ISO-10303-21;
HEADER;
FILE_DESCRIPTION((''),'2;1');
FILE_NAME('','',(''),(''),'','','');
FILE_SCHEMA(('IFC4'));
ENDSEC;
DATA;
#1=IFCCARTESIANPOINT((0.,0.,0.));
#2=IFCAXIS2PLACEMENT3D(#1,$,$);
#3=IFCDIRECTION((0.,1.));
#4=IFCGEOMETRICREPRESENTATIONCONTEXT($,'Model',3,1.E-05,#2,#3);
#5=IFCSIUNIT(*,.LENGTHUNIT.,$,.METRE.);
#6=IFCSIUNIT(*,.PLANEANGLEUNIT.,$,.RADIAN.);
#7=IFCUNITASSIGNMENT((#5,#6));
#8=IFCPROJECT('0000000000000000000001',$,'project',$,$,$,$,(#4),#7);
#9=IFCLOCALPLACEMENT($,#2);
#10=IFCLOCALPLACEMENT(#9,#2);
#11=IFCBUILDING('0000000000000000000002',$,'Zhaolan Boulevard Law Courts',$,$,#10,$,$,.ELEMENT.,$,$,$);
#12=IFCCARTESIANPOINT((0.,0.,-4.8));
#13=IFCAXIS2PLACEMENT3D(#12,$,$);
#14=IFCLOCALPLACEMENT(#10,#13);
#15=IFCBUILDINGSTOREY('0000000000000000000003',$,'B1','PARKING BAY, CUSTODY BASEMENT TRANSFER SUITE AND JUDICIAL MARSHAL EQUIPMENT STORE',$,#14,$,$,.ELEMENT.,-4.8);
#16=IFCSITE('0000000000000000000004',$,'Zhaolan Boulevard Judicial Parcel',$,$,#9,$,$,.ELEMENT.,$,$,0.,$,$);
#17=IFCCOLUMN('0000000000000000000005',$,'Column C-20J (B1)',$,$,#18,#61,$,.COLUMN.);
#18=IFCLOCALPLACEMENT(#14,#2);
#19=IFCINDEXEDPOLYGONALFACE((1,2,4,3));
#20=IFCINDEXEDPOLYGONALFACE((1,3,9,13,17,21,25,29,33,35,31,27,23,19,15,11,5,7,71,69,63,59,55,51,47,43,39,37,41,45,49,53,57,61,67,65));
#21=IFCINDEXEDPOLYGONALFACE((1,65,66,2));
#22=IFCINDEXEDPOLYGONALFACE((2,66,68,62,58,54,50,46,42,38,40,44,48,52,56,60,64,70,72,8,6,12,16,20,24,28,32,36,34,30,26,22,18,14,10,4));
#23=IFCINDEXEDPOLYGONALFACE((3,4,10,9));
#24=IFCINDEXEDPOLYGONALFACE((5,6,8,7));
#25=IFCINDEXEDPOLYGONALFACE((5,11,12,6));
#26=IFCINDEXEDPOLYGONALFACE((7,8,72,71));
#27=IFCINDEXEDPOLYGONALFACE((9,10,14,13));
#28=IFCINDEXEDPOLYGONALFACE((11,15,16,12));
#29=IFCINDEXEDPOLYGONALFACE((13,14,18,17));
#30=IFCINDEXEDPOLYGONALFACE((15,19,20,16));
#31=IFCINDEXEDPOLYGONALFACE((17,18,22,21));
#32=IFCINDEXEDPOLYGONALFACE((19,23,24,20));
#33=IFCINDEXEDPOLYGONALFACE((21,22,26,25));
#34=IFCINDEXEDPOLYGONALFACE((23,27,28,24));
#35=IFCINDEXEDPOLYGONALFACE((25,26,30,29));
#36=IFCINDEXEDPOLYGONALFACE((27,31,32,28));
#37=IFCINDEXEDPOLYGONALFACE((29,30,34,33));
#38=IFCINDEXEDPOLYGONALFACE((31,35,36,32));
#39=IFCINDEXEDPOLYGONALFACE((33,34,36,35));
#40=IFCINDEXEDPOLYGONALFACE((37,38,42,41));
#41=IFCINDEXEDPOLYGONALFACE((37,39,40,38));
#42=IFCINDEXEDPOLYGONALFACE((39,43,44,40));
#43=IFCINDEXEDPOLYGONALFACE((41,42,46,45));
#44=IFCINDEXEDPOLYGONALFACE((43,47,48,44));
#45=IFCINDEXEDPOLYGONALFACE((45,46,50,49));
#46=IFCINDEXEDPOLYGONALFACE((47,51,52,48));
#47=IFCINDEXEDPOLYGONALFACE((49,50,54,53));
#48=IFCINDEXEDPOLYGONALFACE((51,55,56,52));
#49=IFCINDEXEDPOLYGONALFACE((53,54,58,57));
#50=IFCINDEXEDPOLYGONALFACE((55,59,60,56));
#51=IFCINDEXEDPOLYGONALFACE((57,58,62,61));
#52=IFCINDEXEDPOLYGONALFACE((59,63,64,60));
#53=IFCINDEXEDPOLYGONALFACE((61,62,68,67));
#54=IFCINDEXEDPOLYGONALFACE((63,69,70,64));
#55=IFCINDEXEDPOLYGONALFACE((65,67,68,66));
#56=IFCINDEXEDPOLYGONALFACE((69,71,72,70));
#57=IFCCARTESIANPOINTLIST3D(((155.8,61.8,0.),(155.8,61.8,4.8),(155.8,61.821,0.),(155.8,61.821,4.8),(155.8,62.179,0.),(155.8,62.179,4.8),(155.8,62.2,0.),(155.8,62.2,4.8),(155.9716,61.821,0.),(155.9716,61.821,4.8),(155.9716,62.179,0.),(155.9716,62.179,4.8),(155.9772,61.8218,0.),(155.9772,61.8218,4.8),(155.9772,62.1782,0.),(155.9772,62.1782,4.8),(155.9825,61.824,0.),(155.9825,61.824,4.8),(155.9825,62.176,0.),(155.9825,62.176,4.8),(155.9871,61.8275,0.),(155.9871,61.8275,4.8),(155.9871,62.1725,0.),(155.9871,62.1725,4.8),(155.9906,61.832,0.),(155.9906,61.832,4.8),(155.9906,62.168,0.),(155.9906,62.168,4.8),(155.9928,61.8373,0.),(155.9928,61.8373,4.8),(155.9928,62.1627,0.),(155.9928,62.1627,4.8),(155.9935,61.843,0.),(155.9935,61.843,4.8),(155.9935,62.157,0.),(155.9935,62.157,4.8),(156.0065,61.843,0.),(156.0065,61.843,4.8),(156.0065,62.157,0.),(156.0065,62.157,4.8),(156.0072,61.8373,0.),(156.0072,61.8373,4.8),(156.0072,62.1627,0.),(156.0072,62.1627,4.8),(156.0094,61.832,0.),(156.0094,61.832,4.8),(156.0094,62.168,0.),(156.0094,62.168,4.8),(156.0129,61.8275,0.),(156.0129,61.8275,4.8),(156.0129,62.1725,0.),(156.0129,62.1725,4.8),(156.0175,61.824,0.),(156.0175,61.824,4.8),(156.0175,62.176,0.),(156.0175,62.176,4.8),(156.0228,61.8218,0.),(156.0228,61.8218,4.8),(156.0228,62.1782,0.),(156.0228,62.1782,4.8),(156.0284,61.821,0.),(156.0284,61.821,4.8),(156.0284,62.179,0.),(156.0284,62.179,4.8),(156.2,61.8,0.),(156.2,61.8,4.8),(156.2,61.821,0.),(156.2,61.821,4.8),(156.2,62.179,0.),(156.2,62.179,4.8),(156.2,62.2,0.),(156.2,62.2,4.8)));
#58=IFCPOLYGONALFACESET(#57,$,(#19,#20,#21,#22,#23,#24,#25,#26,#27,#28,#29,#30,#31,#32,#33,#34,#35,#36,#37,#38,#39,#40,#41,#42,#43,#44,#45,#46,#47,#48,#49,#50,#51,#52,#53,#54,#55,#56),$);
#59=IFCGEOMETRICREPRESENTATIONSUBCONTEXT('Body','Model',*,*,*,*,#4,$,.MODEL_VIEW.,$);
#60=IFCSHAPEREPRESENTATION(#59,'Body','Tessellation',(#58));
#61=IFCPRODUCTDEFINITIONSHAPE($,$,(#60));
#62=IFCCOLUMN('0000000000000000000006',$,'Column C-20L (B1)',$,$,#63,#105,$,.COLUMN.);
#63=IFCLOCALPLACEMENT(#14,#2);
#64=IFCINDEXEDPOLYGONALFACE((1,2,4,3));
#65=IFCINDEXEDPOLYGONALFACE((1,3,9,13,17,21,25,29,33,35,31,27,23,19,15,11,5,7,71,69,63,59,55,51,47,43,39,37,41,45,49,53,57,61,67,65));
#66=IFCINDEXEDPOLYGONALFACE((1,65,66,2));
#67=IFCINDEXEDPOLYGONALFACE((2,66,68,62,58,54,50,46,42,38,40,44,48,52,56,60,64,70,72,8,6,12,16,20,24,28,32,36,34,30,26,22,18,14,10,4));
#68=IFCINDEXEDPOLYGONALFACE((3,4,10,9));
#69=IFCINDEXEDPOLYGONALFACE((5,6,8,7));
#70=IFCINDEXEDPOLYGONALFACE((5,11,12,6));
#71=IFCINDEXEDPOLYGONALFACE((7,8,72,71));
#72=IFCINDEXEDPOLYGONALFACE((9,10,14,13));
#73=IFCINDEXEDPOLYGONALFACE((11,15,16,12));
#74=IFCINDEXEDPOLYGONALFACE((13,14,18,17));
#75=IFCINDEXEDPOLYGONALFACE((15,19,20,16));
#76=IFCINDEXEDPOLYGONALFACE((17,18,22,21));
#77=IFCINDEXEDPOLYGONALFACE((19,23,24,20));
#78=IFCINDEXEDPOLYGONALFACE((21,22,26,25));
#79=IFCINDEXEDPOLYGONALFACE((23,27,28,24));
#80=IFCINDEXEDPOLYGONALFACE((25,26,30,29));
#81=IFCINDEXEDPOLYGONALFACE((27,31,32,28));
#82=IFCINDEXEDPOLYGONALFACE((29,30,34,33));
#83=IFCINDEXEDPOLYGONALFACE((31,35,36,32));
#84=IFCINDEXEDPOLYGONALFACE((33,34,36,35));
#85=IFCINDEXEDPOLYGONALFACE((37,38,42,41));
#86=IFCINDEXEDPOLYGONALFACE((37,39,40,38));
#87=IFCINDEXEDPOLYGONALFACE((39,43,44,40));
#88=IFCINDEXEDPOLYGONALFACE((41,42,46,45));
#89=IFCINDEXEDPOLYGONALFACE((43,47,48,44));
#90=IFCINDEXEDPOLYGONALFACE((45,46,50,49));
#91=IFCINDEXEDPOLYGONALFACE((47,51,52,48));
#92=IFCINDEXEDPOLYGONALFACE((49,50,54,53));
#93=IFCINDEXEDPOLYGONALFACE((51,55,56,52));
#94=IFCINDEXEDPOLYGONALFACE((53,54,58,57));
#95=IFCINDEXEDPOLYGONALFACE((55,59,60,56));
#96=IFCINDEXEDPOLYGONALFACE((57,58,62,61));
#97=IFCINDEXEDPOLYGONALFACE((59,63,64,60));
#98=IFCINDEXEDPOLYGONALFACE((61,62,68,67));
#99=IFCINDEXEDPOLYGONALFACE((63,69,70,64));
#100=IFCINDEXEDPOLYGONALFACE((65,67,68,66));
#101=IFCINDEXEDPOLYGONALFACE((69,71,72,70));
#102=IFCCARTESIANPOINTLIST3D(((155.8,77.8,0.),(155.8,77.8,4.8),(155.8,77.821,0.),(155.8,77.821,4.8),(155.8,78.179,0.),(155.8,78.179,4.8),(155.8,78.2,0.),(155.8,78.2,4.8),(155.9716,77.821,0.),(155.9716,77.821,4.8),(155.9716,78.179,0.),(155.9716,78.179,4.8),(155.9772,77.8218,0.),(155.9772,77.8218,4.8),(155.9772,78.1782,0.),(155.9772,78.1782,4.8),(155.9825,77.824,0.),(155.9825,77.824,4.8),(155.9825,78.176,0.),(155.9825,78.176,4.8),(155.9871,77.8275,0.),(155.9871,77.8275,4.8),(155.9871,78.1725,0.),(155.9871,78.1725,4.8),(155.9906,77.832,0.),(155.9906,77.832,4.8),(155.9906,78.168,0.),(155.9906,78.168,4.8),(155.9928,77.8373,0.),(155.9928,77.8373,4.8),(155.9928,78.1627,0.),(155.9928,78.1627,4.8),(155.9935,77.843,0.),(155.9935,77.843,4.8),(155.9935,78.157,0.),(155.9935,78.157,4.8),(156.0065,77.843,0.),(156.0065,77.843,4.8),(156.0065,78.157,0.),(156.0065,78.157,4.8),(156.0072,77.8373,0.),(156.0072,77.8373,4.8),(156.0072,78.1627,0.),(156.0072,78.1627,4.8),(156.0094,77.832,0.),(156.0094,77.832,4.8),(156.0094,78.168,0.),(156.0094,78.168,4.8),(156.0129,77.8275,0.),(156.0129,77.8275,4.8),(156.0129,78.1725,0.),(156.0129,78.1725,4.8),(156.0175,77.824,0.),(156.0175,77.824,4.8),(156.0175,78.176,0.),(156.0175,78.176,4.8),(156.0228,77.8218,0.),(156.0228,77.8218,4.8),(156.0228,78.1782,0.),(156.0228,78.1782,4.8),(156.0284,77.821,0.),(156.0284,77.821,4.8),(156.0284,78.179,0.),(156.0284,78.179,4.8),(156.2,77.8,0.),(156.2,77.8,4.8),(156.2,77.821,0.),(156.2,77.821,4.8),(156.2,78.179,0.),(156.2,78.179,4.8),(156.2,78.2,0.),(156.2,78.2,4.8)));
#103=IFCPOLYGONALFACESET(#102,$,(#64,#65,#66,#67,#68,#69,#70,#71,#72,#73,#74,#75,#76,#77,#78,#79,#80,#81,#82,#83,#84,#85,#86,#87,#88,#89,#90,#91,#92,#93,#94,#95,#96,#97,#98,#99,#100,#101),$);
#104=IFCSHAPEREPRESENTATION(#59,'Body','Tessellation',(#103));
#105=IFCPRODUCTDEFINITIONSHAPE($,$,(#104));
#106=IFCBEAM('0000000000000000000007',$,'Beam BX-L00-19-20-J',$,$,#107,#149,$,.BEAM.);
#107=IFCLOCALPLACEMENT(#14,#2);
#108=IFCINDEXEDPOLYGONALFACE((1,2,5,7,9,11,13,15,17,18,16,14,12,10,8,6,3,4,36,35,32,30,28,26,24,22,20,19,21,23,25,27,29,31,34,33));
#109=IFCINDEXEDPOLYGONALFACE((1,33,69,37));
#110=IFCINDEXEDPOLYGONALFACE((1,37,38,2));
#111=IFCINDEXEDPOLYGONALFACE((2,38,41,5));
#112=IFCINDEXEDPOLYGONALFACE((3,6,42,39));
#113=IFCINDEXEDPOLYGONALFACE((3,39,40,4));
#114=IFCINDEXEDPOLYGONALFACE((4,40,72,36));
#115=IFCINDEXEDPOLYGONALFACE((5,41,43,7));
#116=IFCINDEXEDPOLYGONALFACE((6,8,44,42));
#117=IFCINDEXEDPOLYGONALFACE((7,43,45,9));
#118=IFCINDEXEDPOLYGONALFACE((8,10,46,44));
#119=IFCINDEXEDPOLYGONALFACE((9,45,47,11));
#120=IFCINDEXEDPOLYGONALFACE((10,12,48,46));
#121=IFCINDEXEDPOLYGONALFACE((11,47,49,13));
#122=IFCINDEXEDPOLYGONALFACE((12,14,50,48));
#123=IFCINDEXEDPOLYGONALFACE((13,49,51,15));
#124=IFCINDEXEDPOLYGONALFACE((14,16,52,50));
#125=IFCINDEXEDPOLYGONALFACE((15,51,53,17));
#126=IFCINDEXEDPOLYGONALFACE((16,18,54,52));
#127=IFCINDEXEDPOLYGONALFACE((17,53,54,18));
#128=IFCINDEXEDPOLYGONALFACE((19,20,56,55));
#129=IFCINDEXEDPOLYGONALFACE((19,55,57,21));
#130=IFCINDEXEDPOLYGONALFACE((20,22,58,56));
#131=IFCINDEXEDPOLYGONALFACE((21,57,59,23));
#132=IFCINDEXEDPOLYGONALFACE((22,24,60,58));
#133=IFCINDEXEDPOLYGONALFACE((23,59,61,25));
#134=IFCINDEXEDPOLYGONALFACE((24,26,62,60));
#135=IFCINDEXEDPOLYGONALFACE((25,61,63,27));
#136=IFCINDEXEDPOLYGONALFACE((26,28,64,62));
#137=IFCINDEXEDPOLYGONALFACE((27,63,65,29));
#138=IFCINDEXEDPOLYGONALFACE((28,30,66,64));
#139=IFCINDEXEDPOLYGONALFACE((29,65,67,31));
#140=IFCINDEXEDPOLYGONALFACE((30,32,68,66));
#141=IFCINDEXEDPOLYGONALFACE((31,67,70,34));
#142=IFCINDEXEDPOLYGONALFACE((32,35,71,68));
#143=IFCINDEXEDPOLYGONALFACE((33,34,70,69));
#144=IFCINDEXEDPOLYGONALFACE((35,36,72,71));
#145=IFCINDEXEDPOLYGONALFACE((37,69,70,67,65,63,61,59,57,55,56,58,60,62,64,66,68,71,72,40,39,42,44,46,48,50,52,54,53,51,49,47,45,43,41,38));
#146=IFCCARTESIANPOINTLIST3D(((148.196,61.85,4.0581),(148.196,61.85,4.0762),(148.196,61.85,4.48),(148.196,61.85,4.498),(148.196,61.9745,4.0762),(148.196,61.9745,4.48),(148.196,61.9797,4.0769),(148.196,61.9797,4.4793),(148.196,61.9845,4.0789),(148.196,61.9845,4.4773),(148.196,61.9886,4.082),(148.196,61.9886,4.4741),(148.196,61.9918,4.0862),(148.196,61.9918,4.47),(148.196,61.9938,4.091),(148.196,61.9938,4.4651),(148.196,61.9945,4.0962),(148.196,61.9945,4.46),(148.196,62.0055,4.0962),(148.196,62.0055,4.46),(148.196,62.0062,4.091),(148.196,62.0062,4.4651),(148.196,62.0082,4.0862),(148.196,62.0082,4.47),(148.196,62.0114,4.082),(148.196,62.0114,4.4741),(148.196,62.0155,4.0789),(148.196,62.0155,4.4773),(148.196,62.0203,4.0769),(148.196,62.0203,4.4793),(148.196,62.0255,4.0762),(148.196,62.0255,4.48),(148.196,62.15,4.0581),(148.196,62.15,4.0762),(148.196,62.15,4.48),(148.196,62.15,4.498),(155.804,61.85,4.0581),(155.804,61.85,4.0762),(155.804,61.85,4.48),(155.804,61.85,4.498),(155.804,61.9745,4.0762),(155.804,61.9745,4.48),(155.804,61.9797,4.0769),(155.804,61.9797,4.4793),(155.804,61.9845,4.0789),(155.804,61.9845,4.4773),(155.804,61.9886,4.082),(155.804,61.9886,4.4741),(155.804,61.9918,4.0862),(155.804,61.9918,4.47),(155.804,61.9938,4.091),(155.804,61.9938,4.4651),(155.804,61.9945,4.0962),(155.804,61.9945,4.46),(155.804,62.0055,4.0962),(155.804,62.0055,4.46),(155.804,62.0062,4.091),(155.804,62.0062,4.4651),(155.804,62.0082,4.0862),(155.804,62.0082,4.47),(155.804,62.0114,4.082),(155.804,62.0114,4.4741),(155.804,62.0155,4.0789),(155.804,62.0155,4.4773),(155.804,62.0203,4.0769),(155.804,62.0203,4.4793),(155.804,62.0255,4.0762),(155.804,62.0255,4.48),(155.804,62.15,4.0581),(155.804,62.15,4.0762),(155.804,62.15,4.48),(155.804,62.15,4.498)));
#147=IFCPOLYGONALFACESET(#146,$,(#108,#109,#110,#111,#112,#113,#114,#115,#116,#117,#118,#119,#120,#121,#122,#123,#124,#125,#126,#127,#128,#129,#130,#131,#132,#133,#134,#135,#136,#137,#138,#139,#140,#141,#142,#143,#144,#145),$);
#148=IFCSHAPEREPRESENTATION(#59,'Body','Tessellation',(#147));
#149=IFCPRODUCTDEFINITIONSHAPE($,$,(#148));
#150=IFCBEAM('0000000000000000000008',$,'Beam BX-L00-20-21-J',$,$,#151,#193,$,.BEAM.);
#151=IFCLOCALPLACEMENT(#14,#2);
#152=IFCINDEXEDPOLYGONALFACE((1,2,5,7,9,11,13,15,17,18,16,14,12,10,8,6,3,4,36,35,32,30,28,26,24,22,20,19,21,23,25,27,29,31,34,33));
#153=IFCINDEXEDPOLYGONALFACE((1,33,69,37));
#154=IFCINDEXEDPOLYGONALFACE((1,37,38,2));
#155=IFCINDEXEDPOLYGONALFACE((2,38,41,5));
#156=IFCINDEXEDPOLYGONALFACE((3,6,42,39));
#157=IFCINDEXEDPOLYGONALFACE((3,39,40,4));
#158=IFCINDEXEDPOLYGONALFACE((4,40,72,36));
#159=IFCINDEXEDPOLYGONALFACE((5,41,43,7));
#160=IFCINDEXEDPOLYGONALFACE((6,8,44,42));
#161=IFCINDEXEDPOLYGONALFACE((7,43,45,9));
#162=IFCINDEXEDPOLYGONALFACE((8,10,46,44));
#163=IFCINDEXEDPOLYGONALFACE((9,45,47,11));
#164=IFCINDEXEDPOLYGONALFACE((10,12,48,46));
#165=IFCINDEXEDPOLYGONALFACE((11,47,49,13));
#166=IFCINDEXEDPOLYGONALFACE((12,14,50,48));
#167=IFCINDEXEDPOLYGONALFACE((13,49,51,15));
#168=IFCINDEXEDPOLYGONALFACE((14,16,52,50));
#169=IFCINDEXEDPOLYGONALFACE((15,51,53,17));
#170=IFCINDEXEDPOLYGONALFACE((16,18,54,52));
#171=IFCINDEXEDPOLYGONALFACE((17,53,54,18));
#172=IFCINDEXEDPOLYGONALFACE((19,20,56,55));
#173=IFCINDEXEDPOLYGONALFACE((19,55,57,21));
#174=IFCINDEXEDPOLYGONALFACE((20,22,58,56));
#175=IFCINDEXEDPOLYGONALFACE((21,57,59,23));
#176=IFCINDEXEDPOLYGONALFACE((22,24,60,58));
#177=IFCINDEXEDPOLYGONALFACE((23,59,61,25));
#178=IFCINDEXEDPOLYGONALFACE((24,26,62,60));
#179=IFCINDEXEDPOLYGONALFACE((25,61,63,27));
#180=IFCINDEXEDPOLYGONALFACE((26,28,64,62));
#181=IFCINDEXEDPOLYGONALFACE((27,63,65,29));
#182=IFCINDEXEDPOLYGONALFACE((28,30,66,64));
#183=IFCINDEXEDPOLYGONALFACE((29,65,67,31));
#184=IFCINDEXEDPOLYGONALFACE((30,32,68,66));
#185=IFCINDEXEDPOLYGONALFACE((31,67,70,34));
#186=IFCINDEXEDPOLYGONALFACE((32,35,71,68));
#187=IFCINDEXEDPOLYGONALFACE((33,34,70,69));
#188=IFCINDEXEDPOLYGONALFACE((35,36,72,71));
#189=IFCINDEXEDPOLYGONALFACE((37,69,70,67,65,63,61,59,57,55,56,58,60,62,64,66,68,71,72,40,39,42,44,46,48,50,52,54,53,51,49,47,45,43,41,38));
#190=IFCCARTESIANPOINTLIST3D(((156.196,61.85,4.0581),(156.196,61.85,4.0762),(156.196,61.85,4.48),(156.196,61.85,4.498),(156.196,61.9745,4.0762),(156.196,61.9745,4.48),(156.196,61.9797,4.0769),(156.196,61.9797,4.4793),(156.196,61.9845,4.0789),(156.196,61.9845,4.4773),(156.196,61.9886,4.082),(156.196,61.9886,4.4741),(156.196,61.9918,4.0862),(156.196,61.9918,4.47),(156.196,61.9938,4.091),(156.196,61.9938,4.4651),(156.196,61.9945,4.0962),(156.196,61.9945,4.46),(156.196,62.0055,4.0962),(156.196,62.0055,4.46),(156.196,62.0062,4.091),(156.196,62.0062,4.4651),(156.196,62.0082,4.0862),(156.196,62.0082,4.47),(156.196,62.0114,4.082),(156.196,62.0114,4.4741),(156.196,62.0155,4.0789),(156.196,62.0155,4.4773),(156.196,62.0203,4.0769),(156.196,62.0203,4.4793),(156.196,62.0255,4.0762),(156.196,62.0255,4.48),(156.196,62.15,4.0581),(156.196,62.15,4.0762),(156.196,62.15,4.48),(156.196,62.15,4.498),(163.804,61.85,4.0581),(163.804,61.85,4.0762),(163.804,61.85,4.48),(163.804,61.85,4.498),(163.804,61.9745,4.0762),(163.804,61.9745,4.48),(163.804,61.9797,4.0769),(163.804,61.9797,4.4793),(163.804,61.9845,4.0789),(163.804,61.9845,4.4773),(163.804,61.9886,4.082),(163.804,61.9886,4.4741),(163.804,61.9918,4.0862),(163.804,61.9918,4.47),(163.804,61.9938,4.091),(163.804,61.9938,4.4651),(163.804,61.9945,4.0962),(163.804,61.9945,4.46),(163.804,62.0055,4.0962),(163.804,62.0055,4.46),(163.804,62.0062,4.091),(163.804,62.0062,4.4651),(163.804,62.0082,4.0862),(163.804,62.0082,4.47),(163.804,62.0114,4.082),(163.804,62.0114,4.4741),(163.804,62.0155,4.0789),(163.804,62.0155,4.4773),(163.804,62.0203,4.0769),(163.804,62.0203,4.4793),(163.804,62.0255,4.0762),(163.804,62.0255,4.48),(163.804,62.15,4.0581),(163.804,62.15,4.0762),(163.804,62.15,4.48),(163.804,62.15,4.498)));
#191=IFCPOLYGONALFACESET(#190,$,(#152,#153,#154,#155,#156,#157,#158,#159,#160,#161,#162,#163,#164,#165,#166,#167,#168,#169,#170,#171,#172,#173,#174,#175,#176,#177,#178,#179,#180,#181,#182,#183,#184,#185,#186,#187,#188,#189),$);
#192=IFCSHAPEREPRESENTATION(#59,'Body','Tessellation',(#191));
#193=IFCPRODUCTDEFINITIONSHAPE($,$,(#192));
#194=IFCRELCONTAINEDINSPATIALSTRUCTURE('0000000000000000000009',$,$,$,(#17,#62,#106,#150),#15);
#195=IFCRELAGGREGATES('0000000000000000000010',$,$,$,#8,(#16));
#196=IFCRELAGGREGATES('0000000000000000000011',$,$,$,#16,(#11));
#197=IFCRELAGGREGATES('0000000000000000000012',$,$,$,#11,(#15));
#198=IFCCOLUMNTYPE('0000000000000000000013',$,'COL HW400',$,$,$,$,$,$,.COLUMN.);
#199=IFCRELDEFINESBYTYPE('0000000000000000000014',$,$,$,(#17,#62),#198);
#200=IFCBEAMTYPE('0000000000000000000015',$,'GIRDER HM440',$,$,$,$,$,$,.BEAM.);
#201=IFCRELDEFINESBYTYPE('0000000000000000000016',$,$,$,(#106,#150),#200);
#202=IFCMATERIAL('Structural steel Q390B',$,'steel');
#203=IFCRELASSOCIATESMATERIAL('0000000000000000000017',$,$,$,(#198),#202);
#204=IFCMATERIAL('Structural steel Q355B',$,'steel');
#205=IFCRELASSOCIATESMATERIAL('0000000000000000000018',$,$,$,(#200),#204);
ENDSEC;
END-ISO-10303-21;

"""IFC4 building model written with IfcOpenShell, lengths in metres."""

from ifc_helpers import new_model, si_unit, direction, frame, origin, origin_2d, place, context, subcontext, project, spatial, i_section, extrude, material, material_profile, profile_set, type_object, element, save


model = new_model("IFC4")

# Units and contexts
model_context = context("Model", 3, precision=1e-05, world=origin(), true_north=direction((0.0, 1.0)))
body_context = subcontext(model_context, "Body", "Model", "MODEL_VIEW")
ifc_project = project(units=[si_unit("LENGTHUNIT", "METRE"), si_unit("PLANEANGLEUNIT", "RADIAN")], contexts=[model_context])

# Site, building, storey
site_placement = place(None, origin())
site = spatial("IfcSite", under=ifc_project, at=site_placement, Name="Zhaolan Boulevard Judicial Parcel", CompositionType="ELEMENT", RefElevation=0.0)
building_placement = place(site_placement, origin())
building = spatial("IfcBuilding", under=site, at=building_placement, Name="Zhaolan Boulevard Law Courts", CompositionType="ELEMENT")
storey_placement = place(building_placement, frame((0.0, 0.0, -4.8)))
storey = spatial("IfcBuildingStorey", under=building, at=storey_placement, Name="B1", Description="PARKING BAY, CUSTODY BASEMENT TRANSFER SUITE AND JUDICIAL MARSHAL EQUIPMENT STORE", CompositionType="ELEMENT", Elevation=-4.8)

# Columns
ifc_material_1 = material(Name="Structural steel Q390B", Category="steel")
ifc_material_profile_1 = material_profile(ifc_material_1, i_section(OverallWidth=0.3999, OverallDepth=0.3999, WebThickness=0.0129, FlangeThickness=0.021, FilletRadius=0.022, at=origin_2d()), Name="HW400x400")
ifc_profile_set_1 = profile_set([ifc_material_profile_1], Name="Structural steel Q390B")
column_type = type_object("IfcColumnType", Name="COL HW400", PredefinedType="COLUMN", material=ifc_profile_set_1)
for number, where, z_axis, x_axis, name in (
    (1, (156.0, 62.0, 0.0), (0.0, 0.0, 1.0), (1.0, 0.0, 0.0), "Column C-20J (B1)"),
    (2, (156.0, 78.0, 0.0), (0.0, 0.0, 1.0), (1.0, 0.0, 0.0), "Column C-20L (B1)"),
):
    element("IfcColumn", number, at=place(storey_placement, frame(where, z_axis=z_axis, x_axis=x_axis)), inside=storey, type_object=column_type, Name=name, PredefinedType="COLUMN", context=body_context, shape_type="SweptSolid", body=[
        extrude(i_section(OverallWidth=0.3999, OverallDepth=0.3999, WebThickness=0.0129, FlangeThickness=0.021, FilletRadius=0.022, at=origin_2d()), origin(), (0.0, 0.0, 1.0), 4.8),
    ])

# Beams
ifc_material_2 = material(Name="Structural steel Q355B", Category="steel")
ifc_material_profile_2 = material_profile(ifc_material_2, i_section(OverallWidth=0.3, OverallDepth=0.4399, WebThickness=0.011, FlangeThickness=0.0181, FilletRadius=0.02, at=origin_2d()), Name="HM440x300")
ifc_profile_set_2 = profile_set([ifc_material_profile_2], Name="Structural steel Q355B")
beam_type_1 = type_object("IfcBeamType", Name="GIRDER HM440", PredefinedType="BEAM", material=ifc_profile_set_2)
for number, where, z_axis, x_axis, name in (
    (3, (148.196, 62.0, 4.2781), (1.0, 0.0, 0.0), (0.0, 1.0, 0.0), "Beam BX-L00-19-20-J"),
    (4, (156.196, 62.0, 4.2781), (1.0, 0.0, 0.0), (0.0, 1.0, 0.0), "Beam BX-L00-20-21-J"),
):
    element("IfcBeam", number, at=place(storey_placement, frame(where, z_axis=z_axis, x_axis=x_axis)), inside=storey, type_object=beam_type_1, Name=name, PredefinedType="BEAM", context=body_context, shape_type="SweptSolid", body=[
        extrude(i_section(OverallWidth=0.3, OverallDepth=0.4399, WebThickness=0.011, FlangeThickness=0.0181, FilletRadius=0.02, at=origin_2d()), origin(), (0.0, 0.0, 1.0), 7.6079),
    ])

save(model, "model.ifc")
